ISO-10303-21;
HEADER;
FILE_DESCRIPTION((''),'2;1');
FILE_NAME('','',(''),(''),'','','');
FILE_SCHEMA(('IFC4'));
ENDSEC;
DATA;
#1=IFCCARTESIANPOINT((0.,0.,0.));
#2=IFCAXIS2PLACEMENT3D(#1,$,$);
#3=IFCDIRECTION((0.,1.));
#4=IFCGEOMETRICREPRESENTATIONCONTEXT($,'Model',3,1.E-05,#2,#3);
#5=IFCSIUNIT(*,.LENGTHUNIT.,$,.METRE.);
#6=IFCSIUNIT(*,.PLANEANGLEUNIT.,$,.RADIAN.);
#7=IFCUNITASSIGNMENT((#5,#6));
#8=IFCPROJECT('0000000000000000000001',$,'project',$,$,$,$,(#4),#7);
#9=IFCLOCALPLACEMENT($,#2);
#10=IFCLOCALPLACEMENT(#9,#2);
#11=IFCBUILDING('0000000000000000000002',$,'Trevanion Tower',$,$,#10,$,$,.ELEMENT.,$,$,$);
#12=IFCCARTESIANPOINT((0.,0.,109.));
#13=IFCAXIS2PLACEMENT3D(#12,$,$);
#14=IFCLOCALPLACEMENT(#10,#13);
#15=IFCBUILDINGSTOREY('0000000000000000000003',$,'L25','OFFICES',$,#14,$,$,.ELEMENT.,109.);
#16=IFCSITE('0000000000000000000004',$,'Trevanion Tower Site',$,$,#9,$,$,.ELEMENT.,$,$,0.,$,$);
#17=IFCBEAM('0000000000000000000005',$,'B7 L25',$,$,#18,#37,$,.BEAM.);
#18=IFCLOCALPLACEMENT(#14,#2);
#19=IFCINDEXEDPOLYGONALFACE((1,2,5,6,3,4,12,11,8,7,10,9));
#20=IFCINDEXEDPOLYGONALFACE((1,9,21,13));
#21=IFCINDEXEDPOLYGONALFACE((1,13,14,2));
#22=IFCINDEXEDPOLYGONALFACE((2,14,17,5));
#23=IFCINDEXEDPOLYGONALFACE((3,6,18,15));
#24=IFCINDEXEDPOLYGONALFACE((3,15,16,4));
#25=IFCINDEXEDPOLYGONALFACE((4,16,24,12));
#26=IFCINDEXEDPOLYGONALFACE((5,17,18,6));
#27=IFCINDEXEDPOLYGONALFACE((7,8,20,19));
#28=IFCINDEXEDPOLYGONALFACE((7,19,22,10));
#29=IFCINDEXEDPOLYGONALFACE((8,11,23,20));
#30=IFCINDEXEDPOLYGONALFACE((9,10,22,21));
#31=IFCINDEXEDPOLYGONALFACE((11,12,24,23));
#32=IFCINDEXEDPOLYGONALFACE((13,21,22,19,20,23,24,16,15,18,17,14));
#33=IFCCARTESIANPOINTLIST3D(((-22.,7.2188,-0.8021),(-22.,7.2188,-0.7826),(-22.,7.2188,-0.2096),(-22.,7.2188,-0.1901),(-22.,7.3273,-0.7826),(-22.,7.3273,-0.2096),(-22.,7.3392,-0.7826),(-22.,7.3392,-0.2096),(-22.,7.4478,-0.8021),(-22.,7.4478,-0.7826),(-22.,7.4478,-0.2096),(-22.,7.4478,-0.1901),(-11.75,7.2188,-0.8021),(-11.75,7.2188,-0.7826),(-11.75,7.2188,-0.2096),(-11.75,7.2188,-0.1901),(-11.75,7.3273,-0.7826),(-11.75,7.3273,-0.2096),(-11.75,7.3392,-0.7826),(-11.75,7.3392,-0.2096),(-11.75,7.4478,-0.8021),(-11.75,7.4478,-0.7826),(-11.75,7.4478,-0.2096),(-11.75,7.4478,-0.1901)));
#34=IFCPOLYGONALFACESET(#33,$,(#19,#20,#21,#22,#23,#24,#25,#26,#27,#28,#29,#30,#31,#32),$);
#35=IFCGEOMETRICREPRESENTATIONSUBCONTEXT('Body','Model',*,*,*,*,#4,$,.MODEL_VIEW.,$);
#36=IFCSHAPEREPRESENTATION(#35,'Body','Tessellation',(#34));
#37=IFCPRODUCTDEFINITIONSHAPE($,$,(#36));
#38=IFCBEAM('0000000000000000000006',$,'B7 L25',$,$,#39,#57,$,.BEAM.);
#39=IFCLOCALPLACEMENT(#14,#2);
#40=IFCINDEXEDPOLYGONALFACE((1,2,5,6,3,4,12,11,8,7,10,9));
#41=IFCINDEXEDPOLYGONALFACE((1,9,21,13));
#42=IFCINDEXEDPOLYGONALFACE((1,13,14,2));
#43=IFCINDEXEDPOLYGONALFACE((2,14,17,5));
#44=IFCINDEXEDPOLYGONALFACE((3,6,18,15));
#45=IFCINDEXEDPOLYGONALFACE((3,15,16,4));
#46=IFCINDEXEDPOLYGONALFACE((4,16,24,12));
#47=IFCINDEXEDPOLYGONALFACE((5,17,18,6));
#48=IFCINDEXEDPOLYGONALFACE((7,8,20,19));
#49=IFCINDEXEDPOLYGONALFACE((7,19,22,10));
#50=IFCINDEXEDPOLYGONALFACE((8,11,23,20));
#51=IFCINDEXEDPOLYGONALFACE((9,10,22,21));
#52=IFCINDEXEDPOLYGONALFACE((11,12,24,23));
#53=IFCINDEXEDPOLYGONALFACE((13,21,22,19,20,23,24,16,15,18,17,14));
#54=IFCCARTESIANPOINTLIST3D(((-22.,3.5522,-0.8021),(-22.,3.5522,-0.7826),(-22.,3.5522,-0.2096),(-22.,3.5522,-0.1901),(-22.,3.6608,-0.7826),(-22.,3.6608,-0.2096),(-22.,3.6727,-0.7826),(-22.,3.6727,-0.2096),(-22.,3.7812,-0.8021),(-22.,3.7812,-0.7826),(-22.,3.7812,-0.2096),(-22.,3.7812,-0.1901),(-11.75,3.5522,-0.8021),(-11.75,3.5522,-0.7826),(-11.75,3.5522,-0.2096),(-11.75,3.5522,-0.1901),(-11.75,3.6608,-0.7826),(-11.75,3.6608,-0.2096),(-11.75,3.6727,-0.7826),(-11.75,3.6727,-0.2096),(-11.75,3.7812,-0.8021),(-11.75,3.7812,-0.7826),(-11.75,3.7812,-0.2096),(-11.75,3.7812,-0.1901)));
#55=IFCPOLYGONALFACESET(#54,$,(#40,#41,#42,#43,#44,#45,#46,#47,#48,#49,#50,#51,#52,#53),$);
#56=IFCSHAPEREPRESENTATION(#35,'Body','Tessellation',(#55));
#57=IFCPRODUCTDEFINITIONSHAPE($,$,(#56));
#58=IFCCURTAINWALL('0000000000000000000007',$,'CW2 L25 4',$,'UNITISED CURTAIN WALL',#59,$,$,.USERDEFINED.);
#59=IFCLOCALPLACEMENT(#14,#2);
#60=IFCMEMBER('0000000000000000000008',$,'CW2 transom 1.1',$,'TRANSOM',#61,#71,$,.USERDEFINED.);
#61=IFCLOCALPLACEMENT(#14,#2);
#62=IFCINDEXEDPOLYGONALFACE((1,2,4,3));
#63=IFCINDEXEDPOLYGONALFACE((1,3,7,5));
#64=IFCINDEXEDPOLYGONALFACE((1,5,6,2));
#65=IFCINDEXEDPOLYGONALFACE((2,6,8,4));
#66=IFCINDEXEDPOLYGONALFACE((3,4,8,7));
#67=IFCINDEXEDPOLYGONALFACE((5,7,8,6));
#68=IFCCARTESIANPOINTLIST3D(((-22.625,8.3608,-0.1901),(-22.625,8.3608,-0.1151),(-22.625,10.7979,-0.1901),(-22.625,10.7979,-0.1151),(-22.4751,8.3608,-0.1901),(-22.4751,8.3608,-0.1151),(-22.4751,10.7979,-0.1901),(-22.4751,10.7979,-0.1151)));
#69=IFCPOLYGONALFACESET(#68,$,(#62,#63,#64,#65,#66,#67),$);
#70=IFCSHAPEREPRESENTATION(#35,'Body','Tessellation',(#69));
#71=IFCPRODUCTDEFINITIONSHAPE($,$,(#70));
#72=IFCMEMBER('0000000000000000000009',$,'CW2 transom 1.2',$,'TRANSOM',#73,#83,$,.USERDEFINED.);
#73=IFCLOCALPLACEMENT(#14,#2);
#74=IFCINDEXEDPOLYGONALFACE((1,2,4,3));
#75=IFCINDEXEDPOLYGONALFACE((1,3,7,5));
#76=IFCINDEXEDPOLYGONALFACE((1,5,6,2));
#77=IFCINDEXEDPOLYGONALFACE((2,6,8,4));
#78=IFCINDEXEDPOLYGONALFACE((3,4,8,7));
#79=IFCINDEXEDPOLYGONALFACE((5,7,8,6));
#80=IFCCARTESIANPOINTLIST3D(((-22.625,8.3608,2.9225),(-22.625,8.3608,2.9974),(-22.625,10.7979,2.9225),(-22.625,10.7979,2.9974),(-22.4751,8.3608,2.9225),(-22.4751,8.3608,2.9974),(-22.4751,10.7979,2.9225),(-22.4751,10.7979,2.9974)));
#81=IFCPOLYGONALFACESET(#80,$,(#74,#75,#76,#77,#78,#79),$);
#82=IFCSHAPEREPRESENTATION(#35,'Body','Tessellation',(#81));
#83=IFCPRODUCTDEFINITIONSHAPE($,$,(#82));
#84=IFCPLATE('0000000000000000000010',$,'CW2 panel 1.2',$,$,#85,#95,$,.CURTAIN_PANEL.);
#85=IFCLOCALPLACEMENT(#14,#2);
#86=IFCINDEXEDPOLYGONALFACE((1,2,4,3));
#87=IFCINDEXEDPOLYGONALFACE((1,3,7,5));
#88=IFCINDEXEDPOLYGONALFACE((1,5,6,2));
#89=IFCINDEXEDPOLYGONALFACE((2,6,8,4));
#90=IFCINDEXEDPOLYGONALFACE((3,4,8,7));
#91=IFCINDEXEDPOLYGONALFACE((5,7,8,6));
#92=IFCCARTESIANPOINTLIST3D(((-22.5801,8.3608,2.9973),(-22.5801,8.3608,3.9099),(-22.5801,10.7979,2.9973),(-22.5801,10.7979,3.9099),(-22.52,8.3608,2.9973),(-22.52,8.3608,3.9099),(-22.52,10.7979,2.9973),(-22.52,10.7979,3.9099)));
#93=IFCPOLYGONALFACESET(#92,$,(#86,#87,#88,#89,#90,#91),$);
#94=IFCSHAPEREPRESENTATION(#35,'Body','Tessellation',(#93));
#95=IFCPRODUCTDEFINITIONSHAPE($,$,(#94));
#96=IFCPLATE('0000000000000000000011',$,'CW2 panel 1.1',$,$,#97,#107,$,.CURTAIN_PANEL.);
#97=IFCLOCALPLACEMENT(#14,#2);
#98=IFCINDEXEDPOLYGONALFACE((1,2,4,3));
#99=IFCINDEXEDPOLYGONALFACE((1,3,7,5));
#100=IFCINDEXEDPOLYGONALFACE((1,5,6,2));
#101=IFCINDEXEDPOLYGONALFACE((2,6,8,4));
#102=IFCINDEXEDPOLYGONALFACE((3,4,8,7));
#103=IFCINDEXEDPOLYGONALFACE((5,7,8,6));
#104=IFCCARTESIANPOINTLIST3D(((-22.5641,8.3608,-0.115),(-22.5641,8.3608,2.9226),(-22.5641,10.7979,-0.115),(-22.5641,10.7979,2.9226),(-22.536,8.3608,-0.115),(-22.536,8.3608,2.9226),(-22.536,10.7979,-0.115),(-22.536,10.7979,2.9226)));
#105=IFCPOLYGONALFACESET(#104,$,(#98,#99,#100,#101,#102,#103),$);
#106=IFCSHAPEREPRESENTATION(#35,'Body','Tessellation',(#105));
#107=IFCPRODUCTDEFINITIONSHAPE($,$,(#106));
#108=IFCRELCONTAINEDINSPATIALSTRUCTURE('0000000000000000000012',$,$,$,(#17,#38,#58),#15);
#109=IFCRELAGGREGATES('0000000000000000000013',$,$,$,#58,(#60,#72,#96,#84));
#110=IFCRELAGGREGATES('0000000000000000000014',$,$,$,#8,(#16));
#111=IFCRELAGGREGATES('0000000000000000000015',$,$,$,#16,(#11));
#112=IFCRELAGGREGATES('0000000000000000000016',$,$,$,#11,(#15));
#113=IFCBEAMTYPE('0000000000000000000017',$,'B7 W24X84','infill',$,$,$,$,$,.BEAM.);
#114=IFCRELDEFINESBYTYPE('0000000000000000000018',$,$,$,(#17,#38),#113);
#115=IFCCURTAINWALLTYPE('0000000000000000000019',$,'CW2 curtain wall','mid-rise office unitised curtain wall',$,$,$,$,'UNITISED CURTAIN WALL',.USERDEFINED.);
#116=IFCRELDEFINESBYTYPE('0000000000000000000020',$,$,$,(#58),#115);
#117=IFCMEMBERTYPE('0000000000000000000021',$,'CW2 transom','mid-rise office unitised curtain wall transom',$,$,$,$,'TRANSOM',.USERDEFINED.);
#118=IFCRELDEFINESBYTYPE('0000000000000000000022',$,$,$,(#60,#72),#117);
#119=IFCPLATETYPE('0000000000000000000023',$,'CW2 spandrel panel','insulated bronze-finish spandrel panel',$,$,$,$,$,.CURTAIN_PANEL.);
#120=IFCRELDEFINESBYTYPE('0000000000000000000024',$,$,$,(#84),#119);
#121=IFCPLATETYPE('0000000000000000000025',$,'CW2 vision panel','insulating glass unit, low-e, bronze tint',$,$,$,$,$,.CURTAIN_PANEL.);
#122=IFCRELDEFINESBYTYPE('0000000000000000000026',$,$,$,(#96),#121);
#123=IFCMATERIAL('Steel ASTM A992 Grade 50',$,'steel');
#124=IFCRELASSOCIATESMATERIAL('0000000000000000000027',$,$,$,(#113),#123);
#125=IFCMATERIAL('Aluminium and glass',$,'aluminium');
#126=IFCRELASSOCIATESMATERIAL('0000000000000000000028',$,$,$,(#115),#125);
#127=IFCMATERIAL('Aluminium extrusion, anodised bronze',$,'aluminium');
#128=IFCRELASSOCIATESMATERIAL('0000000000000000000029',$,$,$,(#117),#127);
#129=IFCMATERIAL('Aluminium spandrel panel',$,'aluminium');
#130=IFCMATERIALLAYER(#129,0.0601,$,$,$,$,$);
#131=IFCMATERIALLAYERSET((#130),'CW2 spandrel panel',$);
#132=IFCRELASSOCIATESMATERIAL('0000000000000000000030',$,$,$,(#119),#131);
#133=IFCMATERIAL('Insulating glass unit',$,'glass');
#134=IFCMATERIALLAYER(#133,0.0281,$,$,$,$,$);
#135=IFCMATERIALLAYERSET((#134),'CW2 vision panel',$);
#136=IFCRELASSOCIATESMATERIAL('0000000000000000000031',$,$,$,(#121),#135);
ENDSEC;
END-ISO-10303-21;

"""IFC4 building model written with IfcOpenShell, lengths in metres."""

from ifc_helpers import new_model, si_unit, direction, frame, origin, origin_2d, place, context, subcontext, project, spatial, rectangle, i_section, extrude, material, layer, layer_set, material_profile, profile_set, type_object, element, aggregate, save


model = new_model("IFC4")

# Units and contexts
model_context = context("Model", 3, precision=1e-05, world=origin(), true_north=direction((0.0, 1.0)))
body_context = subcontext(model_context, "Body", "Model", "MODEL_VIEW")
ifc_project = project(units=[si_unit("LENGTHUNIT", "METRE"), si_unit("PLANEANGLEUNIT", "RADIAN")], contexts=[model_context])

# Site, building, storey
site_placement = place(None, origin())
site = spatial("IfcSite", under=ifc_project, at=site_placement, Name="Trevanion Tower Site", CompositionType="ELEMENT", RefElevation=0.0)
building_placement = place(site_placement, origin())
building = spatial("IfcBuilding", under=site, at=building_placement, Name="Trevanion Tower", CompositionType="ELEMENT")
storey_placement = place(building_placement, frame((0.0, 0.0, 109.0)))
storey = spatial("IfcBuildingStorey", under=building, at=storey_placement, Name="L25", Description="OFFICES", CompositionType="ELEMENT", Elevation=109.0)

# Beams
ifc_material_1 = material(Name="Steel ASTM A992 Grade 50", Category="steel")
ifc_material_profile_1 = material_profile(ifc_material_1, i_section(OverallWidth=0.229, OverallDepth=0.6121, WebThickness=0.012, FlangeThickness=0.0195, at=origin_2d()), Name="W24X84")
ifc_profile_set_1 = profile_set([ifc_material_profile_1], Name="Steel ASTM A992 Grade 50")
beam_type = type_object("IfcBeamType", Name="B7 W24X84", Description="infill", PredefinedType="BEAM", material=ifc_profile_set_1)
for number, where, z_axis, x_axis, name in (
    (1, (-11.75, 7.3333, -0.4961), (-1.0, 0.0, 0.0), (0.0, -1.0, 0.0), "B7 L25"),
    (2, (-11.75, 3.6667, -0.4961), (-1.0, 0.0, 0.0), (0.0, -1.0, 0.0), "B7 L25"),
):
    element("IfcBeam", number, at=place(storey_placement, frame(where, z_axis=z_axis, x_axis=x_axis)), inside=storey, type_object=beam_type, Name=name, PredefinedType="BEAM", context=body_context, shape_type="SweptSolid", body=[
        extrude(i_section(OverallWidth=0.229, OverallDepth=0.6121, WebThickness=0.012, FlangeThickness=0.0195, at=origin_2d()), origin(), (0.0, 0.0, 1.0), 10.25),
    ])

# Curtain wall, members, plates
ifc_material_2 = material(Name="Aluminium and glass", Category="aluminium")
curtain_wall_type = type_object("IfcCurtainWallType", Name="CW2 curtain wall", Description="mid-rise office unitised curtain wall", ElementType="UNITISED CURTAIN WALL", PredefinedType="USERDEFINED", material=ifc_material_2)
curtain_wall_placement = place(storey_placement, origin())
curtain_wall = element("IfcCurtainWall", 3, at=curtain_wall_placement, inside=storey, type_object=curtain_wall_type, Name="CW2 L25 4", ObjectType="UNITISED CURTAIN WALL", PredefinedType="USERDEFINED")
ifc_material_3 = material(Name="Aluminium extrusion, anodised bronze", Category="aluminium")
ifc_material_profile_2 = material_profile(ifc_material_3, rectangle(XDim=0.1499, YDim=0.075, at=origin_2d()), Name="CW2 transom")
ifc_profile_set_2 = profile_set([ifc_material_profile_2], Name="Aluminium extrusion, anodised bronze")
member_type = type_object("IfcMemberType", Name="CW2 transom", Description="mid-rise office unitised curtain wall transom", ElementType="TRANSOM", PredefinedType="USERDEFINED", material=ifc_profile_set_2)
member_1_placement = place(storey_placement, frame((-22.55, 10.7979, -0.1526), z_axis=(0.0, -1.0, 0.0), x_axis=(1.0, 0.0, 0.0)))
member_1 = element("IfcMember", 4, at=member_1_placement, type_object=member_type, Name="CW2 transom 1.1", ObjectType="TRANSOM", PredefinedType="USERDEFINED", context=body_context, shape_type="SweptSolid", body=[
    extrude(rectangle(XDim=0.1499, YDim=0.075, at=origin_2d()), origin(), (0.0, 0.0, 1.0), 2.437),
])
member_2_placement = place(storey_placement, frame((-22.55, 10.7979, 2.96), z_axis=(0.0, -1.0, 0.0), x_axis=(1.0, 0.0, 0.0)))
member_2 = element("IfcMember", 5, at=member_2_placement, type_object=member_type, Name="CW2 transom 1.2", ObjectType="TRANSOM", PredefinedType="USERDEFINED", context=body_context, shape_type="SweptSolid", body=[
    extrude(rectangle(XDim=0.1499, YDim=0.075, at=origin_2d()), origin(), (0.0, 0.0, 1.0), 2.437),
])
ifc_material_4 = material(Name="Aluminium spandrel panel", Category="aluminium")
ifc_layer_1 = layer(ifc_material_4, 0.0601)
ifc_layer_set_1 = layer_set([ifc_layer_1], Name="CW2 spandrel panel")
plate_type_1 = type_object("IfcPlateType", Name="CW2 spandrel panel", Description="insulated bronze-finish spandrel panel", PredefinedType="CURTAIN_PANEL", material=ifc_layer_set_1)
plate_1_placement = place(storey_placement, frame((-22.55, 9.5793, 2.9973), z_axis=(0.0, 0.0, 1.0), x_axis=(0.0, -1.0, 0.0)))
plate_1 = element("IfcPlate", 6, at=plate_1_placement, type_object=plate_type_1, Name="CW2 panel 1.2", PredefinedType="CURTAIN_PANEL", context=body_context, shape_type="SweptSolid", body=[
    extrude(rectangle(XDim=2.437, YDim=0.0601, at=origin_2d()), origin(), (0.0, 0.0, 1.0), 0.9126),
])
ifc_material_5 = material(Name="Insulating glass unit", Category="glass")
ifc_layer_2 = layer(ifc_material_5, 0.0281)
ifc_layer_set_2 = layer_set([ifc_layer_2], Name="CW2 vision panel")
plate_type_2 = type_object("IfcPlateType", Name="CW2 vision panel", Description="insulating glass unit, low-e, bronze tint", PredefinedType="CURTAIN_PANEL", material=ifc_layer_set_2)
plate_2_placement = place(storey_placement, frame((-22.55, 9.5793, -0.115), z_axis=(0.0, 0.0, 1.0), x_axis=(0.0, -1.0, 0.0)))
plate_2 = element("IfcPlate", 7, at=plate_2_placement, type_object=plate_type_2, Name="CW2 panel 1.1", PredefinedType="CURTAIN_PANEL", context=body_context, shape_type="SweptSolid", body=[
    extrude(rectangle(XDim=2.437, YDim=0.0281, at=origin_2d()), origin(), (0.0, 0.0, 1.0), 3.0376),
])
aggregate(curtain_wall, [member_1, member_2, plate_2, plate_1])

save(model, "model.ifc")
